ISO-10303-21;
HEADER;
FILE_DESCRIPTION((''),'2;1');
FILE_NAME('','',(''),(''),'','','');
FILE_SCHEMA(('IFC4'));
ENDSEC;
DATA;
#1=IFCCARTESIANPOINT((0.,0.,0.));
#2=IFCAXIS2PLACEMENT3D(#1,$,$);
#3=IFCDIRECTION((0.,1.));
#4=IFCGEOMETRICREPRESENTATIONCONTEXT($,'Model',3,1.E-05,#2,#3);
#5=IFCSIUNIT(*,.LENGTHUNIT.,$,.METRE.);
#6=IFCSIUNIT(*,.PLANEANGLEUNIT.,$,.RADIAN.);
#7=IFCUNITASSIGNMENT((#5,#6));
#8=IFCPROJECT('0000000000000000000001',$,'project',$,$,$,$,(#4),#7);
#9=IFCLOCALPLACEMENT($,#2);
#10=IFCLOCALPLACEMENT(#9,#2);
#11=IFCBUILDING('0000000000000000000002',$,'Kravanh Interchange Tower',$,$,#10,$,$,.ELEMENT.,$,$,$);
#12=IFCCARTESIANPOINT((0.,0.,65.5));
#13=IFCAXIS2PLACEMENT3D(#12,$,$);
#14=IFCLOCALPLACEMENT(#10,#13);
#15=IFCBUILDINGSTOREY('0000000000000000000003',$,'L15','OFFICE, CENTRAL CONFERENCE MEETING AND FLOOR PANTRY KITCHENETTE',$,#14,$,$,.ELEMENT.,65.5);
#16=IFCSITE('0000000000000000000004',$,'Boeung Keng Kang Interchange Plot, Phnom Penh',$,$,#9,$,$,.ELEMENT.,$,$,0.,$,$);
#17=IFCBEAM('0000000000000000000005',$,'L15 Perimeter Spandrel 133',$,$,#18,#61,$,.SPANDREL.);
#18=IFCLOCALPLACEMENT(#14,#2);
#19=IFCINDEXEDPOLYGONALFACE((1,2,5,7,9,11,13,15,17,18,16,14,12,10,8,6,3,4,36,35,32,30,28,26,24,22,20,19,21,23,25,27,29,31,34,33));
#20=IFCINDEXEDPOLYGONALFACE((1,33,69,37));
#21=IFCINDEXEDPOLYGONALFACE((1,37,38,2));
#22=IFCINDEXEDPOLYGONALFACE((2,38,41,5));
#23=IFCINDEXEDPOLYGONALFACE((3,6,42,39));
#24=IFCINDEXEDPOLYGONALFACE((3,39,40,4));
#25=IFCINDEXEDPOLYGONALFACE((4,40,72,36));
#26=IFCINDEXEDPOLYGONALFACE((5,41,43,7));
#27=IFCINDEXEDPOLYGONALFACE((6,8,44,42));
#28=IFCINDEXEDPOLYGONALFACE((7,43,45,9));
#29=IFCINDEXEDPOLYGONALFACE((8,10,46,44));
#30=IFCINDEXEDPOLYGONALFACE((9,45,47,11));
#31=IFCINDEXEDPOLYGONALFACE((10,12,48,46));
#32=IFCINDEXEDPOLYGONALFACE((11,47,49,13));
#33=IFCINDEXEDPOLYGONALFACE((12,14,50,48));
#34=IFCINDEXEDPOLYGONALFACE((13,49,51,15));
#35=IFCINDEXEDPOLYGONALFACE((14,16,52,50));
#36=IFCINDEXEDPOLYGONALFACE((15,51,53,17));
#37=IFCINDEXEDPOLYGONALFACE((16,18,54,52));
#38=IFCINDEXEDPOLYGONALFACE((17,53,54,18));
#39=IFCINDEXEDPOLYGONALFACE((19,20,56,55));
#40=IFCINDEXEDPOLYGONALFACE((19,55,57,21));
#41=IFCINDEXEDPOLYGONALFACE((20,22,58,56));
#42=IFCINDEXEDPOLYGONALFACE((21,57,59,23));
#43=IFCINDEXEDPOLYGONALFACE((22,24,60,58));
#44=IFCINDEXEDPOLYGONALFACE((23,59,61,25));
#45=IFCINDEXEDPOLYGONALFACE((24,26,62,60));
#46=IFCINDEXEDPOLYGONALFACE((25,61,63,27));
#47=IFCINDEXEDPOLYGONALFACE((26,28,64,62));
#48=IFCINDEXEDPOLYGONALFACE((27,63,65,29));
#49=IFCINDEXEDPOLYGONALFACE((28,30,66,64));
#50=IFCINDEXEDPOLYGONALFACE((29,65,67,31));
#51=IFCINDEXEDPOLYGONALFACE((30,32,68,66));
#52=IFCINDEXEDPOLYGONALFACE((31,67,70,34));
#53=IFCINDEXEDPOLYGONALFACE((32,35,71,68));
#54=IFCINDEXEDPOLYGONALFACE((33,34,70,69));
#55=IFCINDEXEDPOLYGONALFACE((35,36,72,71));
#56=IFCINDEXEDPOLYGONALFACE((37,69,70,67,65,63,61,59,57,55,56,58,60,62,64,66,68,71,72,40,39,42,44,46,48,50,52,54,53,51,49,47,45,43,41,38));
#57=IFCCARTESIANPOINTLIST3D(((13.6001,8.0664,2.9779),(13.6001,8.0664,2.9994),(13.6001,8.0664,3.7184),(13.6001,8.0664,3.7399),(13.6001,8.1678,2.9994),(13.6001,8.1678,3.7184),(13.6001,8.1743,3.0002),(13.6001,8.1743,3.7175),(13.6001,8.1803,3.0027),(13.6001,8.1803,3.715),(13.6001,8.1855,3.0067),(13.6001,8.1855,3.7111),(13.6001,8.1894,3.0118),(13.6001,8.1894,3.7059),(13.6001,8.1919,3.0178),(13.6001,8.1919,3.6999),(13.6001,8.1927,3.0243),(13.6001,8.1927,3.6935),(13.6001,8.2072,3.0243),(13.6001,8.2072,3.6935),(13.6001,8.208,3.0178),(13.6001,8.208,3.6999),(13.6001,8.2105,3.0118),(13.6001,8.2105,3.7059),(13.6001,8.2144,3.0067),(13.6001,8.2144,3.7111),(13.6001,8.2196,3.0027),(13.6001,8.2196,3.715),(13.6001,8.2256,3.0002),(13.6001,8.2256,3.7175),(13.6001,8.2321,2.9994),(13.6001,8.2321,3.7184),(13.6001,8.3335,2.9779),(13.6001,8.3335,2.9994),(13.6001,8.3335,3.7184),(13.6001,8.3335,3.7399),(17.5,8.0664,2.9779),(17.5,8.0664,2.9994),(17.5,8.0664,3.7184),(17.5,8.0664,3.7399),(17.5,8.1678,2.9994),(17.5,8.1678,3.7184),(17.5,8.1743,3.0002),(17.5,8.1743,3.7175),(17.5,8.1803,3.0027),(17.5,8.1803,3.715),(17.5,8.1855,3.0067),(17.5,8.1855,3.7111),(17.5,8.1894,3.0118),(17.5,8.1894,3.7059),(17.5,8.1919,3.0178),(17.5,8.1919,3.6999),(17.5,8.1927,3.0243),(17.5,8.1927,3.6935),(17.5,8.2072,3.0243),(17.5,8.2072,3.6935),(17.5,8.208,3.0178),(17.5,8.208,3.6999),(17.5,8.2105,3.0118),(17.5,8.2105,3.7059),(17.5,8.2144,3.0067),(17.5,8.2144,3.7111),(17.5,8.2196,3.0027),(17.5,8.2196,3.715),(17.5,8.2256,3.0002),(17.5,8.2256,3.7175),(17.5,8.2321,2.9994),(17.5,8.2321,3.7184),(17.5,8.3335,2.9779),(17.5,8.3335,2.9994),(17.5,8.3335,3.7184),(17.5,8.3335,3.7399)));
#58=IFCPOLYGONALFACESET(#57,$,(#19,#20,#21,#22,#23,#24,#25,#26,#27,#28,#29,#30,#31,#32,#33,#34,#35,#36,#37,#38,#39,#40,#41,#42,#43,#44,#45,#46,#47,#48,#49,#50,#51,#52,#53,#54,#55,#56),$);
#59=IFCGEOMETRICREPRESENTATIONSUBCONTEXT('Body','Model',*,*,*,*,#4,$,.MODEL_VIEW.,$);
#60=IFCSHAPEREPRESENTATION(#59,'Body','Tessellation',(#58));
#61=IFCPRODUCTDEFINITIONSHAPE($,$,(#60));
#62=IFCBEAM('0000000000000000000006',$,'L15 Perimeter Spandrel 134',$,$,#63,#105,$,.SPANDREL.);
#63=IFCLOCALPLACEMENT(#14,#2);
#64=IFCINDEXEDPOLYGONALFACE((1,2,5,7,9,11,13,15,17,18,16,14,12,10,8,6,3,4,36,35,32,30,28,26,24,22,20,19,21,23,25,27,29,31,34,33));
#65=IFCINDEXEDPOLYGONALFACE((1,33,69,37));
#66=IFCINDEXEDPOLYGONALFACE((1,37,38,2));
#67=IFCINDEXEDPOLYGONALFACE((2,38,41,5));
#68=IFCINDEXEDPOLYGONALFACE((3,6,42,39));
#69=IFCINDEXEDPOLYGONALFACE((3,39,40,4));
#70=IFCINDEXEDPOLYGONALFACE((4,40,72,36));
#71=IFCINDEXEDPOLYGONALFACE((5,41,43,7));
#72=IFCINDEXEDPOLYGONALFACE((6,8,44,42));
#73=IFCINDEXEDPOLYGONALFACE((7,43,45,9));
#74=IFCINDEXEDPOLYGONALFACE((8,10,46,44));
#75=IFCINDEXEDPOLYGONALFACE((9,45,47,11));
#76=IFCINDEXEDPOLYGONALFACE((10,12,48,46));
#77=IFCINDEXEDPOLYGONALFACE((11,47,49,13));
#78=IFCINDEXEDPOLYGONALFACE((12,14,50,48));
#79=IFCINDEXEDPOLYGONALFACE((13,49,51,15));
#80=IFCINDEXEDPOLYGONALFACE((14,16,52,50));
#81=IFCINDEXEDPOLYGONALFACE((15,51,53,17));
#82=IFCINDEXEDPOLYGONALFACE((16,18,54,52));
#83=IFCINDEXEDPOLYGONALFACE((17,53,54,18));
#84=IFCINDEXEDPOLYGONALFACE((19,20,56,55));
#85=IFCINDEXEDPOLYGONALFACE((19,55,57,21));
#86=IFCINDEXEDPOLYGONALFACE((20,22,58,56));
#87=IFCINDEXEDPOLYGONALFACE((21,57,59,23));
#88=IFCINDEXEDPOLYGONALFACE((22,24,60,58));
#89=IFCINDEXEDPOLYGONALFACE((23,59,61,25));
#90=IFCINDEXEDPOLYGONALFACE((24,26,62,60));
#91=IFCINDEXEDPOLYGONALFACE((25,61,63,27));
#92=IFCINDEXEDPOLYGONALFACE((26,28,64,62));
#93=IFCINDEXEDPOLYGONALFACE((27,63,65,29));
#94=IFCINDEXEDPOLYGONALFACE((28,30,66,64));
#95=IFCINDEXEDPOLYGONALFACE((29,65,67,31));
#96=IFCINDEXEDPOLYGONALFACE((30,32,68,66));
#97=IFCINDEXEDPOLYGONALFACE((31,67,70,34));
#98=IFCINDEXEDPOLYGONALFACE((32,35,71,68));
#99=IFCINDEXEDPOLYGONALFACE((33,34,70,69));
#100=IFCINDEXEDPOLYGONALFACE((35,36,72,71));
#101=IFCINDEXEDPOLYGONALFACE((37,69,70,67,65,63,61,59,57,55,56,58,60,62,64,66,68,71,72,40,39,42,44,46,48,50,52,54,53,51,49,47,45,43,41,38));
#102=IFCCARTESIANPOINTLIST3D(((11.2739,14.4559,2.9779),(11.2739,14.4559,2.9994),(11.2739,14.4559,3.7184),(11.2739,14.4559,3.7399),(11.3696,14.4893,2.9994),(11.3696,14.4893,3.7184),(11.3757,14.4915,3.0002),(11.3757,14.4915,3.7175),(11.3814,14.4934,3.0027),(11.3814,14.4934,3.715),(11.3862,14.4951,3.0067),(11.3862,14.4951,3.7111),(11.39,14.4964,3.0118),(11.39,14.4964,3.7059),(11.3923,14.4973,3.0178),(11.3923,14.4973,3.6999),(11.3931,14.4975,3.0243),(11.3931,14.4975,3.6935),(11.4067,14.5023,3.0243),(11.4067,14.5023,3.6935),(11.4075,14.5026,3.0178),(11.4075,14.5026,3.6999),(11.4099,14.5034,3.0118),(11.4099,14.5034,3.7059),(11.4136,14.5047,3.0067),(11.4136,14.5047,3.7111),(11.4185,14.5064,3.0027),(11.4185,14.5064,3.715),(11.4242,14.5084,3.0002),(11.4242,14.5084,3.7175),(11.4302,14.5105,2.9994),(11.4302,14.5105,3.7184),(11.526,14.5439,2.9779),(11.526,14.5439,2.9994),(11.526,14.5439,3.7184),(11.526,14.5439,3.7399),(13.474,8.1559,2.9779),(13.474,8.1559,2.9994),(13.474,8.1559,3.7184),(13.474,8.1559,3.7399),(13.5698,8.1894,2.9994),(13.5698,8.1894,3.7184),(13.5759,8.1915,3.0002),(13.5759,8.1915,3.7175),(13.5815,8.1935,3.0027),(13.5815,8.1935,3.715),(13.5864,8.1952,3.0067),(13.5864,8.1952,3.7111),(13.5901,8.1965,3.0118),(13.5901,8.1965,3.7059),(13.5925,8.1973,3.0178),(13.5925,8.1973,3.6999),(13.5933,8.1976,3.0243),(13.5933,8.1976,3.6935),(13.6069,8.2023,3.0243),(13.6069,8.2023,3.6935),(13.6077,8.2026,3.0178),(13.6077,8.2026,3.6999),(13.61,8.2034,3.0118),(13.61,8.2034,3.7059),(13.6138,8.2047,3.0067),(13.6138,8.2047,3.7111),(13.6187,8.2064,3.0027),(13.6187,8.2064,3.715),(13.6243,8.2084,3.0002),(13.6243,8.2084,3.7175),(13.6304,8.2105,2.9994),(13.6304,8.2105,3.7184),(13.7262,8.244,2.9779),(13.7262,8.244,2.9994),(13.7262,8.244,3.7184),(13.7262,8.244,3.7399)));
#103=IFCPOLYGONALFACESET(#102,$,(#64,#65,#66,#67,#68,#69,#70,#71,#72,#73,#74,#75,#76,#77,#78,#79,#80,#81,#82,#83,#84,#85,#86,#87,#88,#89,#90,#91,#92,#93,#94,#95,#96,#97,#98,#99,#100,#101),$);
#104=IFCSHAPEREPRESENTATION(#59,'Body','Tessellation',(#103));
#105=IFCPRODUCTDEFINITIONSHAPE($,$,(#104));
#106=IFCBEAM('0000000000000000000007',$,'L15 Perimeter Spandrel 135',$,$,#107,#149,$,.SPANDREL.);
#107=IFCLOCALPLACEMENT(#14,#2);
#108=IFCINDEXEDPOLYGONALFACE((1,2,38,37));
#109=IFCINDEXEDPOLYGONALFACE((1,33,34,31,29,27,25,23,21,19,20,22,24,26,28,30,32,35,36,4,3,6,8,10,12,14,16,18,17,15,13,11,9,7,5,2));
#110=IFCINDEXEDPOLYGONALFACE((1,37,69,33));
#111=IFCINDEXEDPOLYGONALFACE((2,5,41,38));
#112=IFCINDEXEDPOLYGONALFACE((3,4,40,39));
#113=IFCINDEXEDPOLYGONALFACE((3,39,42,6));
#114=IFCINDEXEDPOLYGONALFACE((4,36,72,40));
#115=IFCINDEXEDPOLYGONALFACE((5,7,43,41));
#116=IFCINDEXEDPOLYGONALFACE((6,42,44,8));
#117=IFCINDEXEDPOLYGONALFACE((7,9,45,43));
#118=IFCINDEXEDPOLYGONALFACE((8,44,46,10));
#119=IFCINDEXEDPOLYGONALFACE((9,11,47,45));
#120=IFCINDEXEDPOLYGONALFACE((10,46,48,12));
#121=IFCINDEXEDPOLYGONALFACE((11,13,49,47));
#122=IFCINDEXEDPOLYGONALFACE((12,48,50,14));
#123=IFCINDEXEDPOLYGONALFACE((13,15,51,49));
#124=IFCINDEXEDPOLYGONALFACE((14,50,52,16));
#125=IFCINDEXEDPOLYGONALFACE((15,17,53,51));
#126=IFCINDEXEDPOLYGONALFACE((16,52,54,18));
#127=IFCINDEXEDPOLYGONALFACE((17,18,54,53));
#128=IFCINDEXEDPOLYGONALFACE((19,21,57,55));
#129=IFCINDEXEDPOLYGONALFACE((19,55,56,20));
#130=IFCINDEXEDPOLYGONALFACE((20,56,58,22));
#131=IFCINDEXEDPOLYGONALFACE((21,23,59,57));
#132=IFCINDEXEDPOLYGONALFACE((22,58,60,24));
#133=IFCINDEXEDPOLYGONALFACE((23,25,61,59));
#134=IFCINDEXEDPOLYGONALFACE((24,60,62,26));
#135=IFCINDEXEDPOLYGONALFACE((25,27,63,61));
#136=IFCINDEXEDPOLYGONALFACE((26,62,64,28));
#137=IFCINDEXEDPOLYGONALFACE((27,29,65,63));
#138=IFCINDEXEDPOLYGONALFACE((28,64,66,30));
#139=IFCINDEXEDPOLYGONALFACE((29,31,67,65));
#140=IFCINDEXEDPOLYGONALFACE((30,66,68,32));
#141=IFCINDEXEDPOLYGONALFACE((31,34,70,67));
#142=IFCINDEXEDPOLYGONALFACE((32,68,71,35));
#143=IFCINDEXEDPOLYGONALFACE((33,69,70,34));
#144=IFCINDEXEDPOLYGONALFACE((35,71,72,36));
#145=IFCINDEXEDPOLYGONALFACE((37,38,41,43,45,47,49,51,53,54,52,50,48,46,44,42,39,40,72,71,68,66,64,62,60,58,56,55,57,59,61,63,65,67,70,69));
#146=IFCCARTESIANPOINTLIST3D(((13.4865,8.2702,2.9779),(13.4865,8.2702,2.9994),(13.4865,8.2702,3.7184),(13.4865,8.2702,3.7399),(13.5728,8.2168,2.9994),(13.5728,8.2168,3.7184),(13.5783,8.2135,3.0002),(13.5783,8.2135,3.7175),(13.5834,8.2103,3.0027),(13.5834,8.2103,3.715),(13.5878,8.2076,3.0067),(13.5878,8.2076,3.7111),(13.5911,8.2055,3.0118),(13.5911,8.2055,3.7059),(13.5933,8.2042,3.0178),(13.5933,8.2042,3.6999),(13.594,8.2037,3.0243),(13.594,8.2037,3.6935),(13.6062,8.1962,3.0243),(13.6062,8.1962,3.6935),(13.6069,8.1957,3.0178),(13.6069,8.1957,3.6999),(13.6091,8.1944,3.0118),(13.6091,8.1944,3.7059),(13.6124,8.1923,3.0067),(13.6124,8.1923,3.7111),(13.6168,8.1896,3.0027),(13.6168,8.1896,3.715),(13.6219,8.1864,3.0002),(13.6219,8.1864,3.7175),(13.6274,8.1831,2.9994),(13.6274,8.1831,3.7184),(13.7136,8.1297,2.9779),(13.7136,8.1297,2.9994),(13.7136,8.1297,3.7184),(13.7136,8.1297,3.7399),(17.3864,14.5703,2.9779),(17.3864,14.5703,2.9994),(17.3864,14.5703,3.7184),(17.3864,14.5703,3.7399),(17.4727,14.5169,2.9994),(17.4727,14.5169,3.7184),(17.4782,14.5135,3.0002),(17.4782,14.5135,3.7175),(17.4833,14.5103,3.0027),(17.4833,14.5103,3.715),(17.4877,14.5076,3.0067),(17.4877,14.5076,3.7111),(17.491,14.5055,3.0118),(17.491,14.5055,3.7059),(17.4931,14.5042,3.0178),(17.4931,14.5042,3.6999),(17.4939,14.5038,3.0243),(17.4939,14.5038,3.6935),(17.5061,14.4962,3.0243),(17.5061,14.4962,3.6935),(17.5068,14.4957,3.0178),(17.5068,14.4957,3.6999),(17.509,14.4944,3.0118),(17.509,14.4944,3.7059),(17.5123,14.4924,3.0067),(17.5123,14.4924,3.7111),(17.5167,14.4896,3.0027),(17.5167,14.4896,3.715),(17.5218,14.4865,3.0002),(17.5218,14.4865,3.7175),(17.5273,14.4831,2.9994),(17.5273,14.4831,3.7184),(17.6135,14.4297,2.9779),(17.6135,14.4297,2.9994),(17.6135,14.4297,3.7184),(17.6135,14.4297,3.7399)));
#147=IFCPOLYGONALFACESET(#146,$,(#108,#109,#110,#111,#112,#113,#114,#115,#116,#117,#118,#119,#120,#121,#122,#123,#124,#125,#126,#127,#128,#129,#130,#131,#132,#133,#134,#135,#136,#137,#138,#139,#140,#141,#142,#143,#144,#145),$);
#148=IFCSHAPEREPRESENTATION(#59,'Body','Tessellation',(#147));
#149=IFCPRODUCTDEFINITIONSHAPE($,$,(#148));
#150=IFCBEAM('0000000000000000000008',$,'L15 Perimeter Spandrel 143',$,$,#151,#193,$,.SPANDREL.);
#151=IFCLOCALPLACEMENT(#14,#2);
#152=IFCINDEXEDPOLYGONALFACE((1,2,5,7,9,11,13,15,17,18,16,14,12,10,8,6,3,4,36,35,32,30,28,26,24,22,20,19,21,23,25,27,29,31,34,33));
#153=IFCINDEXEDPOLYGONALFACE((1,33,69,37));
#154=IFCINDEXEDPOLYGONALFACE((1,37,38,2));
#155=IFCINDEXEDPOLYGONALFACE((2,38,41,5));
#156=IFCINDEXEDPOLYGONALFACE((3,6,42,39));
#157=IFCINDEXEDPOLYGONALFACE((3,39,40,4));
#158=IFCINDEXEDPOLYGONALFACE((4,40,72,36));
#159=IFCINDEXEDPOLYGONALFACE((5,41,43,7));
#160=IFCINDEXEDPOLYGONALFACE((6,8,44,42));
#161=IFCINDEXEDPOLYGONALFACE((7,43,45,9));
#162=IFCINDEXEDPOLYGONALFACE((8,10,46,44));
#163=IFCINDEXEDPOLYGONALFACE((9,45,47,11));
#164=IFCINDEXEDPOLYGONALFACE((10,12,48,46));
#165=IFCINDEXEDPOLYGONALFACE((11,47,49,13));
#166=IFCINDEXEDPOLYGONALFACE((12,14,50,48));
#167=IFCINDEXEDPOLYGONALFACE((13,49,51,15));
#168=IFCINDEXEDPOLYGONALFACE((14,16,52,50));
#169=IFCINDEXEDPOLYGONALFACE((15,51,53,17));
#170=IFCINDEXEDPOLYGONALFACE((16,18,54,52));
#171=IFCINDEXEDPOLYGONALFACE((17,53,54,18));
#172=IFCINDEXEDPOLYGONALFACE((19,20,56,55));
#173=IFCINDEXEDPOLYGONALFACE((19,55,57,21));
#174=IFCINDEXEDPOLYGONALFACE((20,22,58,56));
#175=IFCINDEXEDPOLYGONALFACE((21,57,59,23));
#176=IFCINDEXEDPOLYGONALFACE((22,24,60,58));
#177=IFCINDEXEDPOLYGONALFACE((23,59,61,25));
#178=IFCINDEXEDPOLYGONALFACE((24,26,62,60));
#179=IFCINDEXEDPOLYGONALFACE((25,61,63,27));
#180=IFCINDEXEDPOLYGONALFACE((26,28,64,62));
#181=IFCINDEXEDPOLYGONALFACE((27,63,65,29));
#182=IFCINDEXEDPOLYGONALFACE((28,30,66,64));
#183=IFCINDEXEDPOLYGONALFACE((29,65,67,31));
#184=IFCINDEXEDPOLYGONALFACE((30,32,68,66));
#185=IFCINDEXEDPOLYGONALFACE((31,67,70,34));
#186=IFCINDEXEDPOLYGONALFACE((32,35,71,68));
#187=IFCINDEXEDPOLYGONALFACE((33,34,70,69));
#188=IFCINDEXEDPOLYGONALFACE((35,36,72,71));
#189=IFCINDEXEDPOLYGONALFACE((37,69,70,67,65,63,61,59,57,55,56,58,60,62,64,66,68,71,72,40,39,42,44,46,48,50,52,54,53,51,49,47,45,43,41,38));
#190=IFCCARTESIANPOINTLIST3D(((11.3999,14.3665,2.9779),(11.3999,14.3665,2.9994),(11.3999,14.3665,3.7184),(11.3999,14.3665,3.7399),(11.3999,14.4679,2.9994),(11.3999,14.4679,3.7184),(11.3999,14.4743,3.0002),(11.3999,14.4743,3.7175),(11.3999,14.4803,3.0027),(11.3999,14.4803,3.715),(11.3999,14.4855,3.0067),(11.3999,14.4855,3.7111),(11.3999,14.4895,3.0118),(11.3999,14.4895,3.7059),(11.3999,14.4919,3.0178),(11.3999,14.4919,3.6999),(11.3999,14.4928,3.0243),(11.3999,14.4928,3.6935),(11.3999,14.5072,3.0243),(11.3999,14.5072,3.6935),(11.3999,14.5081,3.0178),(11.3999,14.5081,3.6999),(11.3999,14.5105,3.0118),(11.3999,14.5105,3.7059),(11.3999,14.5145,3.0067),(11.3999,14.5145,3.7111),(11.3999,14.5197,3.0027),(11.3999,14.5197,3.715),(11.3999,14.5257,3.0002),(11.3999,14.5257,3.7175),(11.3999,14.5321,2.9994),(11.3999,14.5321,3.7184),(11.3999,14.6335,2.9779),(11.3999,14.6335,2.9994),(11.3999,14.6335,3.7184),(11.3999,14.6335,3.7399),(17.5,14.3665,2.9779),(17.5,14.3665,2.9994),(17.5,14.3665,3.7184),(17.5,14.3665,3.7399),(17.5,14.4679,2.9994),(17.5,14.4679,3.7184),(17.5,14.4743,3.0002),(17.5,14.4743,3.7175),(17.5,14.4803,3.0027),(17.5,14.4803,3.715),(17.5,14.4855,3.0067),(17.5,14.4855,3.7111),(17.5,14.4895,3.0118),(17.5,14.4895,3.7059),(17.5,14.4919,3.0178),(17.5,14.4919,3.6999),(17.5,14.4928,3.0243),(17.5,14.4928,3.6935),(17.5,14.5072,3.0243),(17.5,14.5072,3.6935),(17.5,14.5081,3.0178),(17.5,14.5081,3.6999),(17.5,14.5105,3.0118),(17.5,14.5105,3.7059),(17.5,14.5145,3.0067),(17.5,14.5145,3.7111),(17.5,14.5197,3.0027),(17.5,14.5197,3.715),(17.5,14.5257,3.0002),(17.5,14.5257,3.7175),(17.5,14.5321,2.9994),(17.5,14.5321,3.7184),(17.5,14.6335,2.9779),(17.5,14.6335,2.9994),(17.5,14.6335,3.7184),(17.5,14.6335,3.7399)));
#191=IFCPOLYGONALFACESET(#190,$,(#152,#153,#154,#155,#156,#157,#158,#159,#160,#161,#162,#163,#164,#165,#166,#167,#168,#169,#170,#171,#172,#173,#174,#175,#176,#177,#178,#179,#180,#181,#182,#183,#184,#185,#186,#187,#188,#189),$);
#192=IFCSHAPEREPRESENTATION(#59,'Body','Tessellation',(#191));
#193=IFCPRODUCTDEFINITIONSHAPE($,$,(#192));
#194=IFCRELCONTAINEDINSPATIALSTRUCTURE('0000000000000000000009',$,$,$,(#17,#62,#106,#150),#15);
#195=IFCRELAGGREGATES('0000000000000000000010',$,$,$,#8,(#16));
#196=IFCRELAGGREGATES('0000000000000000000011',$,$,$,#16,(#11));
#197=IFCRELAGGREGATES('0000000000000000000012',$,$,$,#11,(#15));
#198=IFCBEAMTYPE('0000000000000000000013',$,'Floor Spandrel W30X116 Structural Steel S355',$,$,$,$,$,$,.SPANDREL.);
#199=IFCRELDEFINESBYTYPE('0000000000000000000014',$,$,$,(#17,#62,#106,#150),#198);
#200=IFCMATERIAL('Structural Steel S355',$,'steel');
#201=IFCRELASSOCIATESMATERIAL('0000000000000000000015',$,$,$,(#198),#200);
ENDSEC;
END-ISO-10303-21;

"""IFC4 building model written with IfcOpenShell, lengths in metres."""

from ifc_helpers import new_model, si_unit, direction, frame, origin, origin_2d, place, context, subcontext, project, spatial, i_section, extrude, material, material_profile, profile_set, type_object, element, save


model = new_model("IFC4")

# Units and contexts
model_context = context("Model", 3, precision=1e-05, world=origin(), true_north=direction((0.0, 1.0)))
body_context = subcontext(model_context, "Body", "Model", "MODEL_VIEW")
ifc_project = project(units=[si_unit("LENGTHUNIT", "METRE"), si_unit("PLANEANGLEUNIT", "RADIAN")], contexts=[model_context])

# Site, building, storey
site_placement = place(None, origin())
site = spatial("IfcSite", under=ifc_project, at=site_placement, Name="Boeung Keng Kang Interchange Plot, Phnom Penh", CompositionType="ELEMENT", RefElevation=0.0)
building_placement = place(site_placement, origin())
building = spatial("IfcBuilding", under=site, at=building_placement, Name="Kravanh Interchange Tower", CompositionType="ELEMENT")
storey_placement = place(building_placement, frame((0.0, 0.0, 65.5)))
storey = spatial("IfcBuildingStorey", under=building, at=storey_placement, Name="L15", Description="OFFICE, CENTRAL CONFERENCE MEETING AND FLOOR PANTRY KITCHENETTE", CompositionType="ELEMENT", Elevation=65.5)

# Beams
ifc_material_1 = material(Name="Structural Steel S355", Category="steel")
ifc_material_profile_1 = material_profile(ifc_material_1, i_section(OverallWidth=0.2671, OverallDepth=0.762, WebThickness=0.0144, FlangeThickness=0.0215, FilletRadius=0.0249, at=origin_2d()), Name="W30X116")
ifc_profile_set_1 = profile_set([ifc_material_profile_1], Name="Structural Steel S355")
beam_type_1 = type_object("IfcBeamType", Name="Floor Spandrel W30X116 Structural Steel S355", PredefinedType="SPANDREL", material=ifc_profile_set_1)
beam_1_placement = place(storey_placement, frame((13.6001, 8.2, 3.3589), z_axis=(1.0, 0.0, 0.0), x_axis=(0.0, 1.0, 0.0)))
element("IfcBeam", 1, at=beam_1_placement, inside=storey, type_object=beam_type_1, Name="L15 Perimeter Spandrel 133", PredefinedType="SPANDREL", context=body_context, shape_type="SweptSolid", body=[
    extrude(i_section(OverallWidth=0.2671, OverallDepth=0.762, WebThickness=0.0144, FlangeThickness=0.0215, FilletRadius=0.0249, at=origin_2d()), origin(), (0.0, 0.0, 1.0), 3.8999),
])
beam_2_placement = place(storey_placement, frame((13.6001, 8.2, 3.3589), z_axis=(-0.329707, 0.944083, 0.0), x_axis=(-0.944083, -0.329707, 0.0)))
element("IfcBeam", 2, at=beam_2_placement, inside=storey, type_object=beam_type_1, Name="L15 Perimeter Spandrel 134", PredefinedType="SPANDREL", context=body_context, shape_type="SweptSolid", body=[
    extrude(i_section(OverallWidth=0.2671, OverallDepth=0.762, WebThickness=0.0144, FlangeThickness=0.0215, FilletRadius=0.0249, at=origin_2d()), origin(), (0.0, 0.0, 1.0), 6.6731),
])
beam_3_placement = place(storey_placement, frame((13.6001, 8.2, 3.3589), z_axis=(0.526342, 0.850273, 0.0), x_axis=(-0.850273, 0.526342, 0.0)))
element("IfcBeam", 3, at=beam_3_placement, inside=storey, type_object=beam_type_1, Name="L15 Perimeter Spandrel 135", PredefinedType="SPANDREL", context=body_context, shape_type="SweptSolid", body=[
    extrude(i_section(OverallWidth=0.2671, OverallDepth=0.762, WebThickness=0.0144, FlangeThickness=0.0215, FilletRadius=0.0249, at=origin_2d()), origin(), (0.0, 0.0, 1.0), 7.4094),
])
beam_4_placement = place(storey_placement, frame((11.3999, 14.5, 3.3589), z_axis=(1.0, 0.0, 0.0), x_axis=(0.0, 1.0, 0.0)))
element("IfcBeam", 4, at=beam_4_placement, inside=storey, type_object=beam_type_1, Name="L15 Perimeter Spandrel 143", PredefinedType="SPANDREL", context=body_context, shape_type="SweptSolid", body=[
    extrude(i_section(OverallWidth=0.2671, OverallDepth=0.762, WebThickness=0.0144, FlangeThickness=0.0215, FilletRadius=0.0249, at=origin_2d()), origin(), (0.0, 0.0, 1.0), 6.1001),
])

save(model, "model.ifc")
